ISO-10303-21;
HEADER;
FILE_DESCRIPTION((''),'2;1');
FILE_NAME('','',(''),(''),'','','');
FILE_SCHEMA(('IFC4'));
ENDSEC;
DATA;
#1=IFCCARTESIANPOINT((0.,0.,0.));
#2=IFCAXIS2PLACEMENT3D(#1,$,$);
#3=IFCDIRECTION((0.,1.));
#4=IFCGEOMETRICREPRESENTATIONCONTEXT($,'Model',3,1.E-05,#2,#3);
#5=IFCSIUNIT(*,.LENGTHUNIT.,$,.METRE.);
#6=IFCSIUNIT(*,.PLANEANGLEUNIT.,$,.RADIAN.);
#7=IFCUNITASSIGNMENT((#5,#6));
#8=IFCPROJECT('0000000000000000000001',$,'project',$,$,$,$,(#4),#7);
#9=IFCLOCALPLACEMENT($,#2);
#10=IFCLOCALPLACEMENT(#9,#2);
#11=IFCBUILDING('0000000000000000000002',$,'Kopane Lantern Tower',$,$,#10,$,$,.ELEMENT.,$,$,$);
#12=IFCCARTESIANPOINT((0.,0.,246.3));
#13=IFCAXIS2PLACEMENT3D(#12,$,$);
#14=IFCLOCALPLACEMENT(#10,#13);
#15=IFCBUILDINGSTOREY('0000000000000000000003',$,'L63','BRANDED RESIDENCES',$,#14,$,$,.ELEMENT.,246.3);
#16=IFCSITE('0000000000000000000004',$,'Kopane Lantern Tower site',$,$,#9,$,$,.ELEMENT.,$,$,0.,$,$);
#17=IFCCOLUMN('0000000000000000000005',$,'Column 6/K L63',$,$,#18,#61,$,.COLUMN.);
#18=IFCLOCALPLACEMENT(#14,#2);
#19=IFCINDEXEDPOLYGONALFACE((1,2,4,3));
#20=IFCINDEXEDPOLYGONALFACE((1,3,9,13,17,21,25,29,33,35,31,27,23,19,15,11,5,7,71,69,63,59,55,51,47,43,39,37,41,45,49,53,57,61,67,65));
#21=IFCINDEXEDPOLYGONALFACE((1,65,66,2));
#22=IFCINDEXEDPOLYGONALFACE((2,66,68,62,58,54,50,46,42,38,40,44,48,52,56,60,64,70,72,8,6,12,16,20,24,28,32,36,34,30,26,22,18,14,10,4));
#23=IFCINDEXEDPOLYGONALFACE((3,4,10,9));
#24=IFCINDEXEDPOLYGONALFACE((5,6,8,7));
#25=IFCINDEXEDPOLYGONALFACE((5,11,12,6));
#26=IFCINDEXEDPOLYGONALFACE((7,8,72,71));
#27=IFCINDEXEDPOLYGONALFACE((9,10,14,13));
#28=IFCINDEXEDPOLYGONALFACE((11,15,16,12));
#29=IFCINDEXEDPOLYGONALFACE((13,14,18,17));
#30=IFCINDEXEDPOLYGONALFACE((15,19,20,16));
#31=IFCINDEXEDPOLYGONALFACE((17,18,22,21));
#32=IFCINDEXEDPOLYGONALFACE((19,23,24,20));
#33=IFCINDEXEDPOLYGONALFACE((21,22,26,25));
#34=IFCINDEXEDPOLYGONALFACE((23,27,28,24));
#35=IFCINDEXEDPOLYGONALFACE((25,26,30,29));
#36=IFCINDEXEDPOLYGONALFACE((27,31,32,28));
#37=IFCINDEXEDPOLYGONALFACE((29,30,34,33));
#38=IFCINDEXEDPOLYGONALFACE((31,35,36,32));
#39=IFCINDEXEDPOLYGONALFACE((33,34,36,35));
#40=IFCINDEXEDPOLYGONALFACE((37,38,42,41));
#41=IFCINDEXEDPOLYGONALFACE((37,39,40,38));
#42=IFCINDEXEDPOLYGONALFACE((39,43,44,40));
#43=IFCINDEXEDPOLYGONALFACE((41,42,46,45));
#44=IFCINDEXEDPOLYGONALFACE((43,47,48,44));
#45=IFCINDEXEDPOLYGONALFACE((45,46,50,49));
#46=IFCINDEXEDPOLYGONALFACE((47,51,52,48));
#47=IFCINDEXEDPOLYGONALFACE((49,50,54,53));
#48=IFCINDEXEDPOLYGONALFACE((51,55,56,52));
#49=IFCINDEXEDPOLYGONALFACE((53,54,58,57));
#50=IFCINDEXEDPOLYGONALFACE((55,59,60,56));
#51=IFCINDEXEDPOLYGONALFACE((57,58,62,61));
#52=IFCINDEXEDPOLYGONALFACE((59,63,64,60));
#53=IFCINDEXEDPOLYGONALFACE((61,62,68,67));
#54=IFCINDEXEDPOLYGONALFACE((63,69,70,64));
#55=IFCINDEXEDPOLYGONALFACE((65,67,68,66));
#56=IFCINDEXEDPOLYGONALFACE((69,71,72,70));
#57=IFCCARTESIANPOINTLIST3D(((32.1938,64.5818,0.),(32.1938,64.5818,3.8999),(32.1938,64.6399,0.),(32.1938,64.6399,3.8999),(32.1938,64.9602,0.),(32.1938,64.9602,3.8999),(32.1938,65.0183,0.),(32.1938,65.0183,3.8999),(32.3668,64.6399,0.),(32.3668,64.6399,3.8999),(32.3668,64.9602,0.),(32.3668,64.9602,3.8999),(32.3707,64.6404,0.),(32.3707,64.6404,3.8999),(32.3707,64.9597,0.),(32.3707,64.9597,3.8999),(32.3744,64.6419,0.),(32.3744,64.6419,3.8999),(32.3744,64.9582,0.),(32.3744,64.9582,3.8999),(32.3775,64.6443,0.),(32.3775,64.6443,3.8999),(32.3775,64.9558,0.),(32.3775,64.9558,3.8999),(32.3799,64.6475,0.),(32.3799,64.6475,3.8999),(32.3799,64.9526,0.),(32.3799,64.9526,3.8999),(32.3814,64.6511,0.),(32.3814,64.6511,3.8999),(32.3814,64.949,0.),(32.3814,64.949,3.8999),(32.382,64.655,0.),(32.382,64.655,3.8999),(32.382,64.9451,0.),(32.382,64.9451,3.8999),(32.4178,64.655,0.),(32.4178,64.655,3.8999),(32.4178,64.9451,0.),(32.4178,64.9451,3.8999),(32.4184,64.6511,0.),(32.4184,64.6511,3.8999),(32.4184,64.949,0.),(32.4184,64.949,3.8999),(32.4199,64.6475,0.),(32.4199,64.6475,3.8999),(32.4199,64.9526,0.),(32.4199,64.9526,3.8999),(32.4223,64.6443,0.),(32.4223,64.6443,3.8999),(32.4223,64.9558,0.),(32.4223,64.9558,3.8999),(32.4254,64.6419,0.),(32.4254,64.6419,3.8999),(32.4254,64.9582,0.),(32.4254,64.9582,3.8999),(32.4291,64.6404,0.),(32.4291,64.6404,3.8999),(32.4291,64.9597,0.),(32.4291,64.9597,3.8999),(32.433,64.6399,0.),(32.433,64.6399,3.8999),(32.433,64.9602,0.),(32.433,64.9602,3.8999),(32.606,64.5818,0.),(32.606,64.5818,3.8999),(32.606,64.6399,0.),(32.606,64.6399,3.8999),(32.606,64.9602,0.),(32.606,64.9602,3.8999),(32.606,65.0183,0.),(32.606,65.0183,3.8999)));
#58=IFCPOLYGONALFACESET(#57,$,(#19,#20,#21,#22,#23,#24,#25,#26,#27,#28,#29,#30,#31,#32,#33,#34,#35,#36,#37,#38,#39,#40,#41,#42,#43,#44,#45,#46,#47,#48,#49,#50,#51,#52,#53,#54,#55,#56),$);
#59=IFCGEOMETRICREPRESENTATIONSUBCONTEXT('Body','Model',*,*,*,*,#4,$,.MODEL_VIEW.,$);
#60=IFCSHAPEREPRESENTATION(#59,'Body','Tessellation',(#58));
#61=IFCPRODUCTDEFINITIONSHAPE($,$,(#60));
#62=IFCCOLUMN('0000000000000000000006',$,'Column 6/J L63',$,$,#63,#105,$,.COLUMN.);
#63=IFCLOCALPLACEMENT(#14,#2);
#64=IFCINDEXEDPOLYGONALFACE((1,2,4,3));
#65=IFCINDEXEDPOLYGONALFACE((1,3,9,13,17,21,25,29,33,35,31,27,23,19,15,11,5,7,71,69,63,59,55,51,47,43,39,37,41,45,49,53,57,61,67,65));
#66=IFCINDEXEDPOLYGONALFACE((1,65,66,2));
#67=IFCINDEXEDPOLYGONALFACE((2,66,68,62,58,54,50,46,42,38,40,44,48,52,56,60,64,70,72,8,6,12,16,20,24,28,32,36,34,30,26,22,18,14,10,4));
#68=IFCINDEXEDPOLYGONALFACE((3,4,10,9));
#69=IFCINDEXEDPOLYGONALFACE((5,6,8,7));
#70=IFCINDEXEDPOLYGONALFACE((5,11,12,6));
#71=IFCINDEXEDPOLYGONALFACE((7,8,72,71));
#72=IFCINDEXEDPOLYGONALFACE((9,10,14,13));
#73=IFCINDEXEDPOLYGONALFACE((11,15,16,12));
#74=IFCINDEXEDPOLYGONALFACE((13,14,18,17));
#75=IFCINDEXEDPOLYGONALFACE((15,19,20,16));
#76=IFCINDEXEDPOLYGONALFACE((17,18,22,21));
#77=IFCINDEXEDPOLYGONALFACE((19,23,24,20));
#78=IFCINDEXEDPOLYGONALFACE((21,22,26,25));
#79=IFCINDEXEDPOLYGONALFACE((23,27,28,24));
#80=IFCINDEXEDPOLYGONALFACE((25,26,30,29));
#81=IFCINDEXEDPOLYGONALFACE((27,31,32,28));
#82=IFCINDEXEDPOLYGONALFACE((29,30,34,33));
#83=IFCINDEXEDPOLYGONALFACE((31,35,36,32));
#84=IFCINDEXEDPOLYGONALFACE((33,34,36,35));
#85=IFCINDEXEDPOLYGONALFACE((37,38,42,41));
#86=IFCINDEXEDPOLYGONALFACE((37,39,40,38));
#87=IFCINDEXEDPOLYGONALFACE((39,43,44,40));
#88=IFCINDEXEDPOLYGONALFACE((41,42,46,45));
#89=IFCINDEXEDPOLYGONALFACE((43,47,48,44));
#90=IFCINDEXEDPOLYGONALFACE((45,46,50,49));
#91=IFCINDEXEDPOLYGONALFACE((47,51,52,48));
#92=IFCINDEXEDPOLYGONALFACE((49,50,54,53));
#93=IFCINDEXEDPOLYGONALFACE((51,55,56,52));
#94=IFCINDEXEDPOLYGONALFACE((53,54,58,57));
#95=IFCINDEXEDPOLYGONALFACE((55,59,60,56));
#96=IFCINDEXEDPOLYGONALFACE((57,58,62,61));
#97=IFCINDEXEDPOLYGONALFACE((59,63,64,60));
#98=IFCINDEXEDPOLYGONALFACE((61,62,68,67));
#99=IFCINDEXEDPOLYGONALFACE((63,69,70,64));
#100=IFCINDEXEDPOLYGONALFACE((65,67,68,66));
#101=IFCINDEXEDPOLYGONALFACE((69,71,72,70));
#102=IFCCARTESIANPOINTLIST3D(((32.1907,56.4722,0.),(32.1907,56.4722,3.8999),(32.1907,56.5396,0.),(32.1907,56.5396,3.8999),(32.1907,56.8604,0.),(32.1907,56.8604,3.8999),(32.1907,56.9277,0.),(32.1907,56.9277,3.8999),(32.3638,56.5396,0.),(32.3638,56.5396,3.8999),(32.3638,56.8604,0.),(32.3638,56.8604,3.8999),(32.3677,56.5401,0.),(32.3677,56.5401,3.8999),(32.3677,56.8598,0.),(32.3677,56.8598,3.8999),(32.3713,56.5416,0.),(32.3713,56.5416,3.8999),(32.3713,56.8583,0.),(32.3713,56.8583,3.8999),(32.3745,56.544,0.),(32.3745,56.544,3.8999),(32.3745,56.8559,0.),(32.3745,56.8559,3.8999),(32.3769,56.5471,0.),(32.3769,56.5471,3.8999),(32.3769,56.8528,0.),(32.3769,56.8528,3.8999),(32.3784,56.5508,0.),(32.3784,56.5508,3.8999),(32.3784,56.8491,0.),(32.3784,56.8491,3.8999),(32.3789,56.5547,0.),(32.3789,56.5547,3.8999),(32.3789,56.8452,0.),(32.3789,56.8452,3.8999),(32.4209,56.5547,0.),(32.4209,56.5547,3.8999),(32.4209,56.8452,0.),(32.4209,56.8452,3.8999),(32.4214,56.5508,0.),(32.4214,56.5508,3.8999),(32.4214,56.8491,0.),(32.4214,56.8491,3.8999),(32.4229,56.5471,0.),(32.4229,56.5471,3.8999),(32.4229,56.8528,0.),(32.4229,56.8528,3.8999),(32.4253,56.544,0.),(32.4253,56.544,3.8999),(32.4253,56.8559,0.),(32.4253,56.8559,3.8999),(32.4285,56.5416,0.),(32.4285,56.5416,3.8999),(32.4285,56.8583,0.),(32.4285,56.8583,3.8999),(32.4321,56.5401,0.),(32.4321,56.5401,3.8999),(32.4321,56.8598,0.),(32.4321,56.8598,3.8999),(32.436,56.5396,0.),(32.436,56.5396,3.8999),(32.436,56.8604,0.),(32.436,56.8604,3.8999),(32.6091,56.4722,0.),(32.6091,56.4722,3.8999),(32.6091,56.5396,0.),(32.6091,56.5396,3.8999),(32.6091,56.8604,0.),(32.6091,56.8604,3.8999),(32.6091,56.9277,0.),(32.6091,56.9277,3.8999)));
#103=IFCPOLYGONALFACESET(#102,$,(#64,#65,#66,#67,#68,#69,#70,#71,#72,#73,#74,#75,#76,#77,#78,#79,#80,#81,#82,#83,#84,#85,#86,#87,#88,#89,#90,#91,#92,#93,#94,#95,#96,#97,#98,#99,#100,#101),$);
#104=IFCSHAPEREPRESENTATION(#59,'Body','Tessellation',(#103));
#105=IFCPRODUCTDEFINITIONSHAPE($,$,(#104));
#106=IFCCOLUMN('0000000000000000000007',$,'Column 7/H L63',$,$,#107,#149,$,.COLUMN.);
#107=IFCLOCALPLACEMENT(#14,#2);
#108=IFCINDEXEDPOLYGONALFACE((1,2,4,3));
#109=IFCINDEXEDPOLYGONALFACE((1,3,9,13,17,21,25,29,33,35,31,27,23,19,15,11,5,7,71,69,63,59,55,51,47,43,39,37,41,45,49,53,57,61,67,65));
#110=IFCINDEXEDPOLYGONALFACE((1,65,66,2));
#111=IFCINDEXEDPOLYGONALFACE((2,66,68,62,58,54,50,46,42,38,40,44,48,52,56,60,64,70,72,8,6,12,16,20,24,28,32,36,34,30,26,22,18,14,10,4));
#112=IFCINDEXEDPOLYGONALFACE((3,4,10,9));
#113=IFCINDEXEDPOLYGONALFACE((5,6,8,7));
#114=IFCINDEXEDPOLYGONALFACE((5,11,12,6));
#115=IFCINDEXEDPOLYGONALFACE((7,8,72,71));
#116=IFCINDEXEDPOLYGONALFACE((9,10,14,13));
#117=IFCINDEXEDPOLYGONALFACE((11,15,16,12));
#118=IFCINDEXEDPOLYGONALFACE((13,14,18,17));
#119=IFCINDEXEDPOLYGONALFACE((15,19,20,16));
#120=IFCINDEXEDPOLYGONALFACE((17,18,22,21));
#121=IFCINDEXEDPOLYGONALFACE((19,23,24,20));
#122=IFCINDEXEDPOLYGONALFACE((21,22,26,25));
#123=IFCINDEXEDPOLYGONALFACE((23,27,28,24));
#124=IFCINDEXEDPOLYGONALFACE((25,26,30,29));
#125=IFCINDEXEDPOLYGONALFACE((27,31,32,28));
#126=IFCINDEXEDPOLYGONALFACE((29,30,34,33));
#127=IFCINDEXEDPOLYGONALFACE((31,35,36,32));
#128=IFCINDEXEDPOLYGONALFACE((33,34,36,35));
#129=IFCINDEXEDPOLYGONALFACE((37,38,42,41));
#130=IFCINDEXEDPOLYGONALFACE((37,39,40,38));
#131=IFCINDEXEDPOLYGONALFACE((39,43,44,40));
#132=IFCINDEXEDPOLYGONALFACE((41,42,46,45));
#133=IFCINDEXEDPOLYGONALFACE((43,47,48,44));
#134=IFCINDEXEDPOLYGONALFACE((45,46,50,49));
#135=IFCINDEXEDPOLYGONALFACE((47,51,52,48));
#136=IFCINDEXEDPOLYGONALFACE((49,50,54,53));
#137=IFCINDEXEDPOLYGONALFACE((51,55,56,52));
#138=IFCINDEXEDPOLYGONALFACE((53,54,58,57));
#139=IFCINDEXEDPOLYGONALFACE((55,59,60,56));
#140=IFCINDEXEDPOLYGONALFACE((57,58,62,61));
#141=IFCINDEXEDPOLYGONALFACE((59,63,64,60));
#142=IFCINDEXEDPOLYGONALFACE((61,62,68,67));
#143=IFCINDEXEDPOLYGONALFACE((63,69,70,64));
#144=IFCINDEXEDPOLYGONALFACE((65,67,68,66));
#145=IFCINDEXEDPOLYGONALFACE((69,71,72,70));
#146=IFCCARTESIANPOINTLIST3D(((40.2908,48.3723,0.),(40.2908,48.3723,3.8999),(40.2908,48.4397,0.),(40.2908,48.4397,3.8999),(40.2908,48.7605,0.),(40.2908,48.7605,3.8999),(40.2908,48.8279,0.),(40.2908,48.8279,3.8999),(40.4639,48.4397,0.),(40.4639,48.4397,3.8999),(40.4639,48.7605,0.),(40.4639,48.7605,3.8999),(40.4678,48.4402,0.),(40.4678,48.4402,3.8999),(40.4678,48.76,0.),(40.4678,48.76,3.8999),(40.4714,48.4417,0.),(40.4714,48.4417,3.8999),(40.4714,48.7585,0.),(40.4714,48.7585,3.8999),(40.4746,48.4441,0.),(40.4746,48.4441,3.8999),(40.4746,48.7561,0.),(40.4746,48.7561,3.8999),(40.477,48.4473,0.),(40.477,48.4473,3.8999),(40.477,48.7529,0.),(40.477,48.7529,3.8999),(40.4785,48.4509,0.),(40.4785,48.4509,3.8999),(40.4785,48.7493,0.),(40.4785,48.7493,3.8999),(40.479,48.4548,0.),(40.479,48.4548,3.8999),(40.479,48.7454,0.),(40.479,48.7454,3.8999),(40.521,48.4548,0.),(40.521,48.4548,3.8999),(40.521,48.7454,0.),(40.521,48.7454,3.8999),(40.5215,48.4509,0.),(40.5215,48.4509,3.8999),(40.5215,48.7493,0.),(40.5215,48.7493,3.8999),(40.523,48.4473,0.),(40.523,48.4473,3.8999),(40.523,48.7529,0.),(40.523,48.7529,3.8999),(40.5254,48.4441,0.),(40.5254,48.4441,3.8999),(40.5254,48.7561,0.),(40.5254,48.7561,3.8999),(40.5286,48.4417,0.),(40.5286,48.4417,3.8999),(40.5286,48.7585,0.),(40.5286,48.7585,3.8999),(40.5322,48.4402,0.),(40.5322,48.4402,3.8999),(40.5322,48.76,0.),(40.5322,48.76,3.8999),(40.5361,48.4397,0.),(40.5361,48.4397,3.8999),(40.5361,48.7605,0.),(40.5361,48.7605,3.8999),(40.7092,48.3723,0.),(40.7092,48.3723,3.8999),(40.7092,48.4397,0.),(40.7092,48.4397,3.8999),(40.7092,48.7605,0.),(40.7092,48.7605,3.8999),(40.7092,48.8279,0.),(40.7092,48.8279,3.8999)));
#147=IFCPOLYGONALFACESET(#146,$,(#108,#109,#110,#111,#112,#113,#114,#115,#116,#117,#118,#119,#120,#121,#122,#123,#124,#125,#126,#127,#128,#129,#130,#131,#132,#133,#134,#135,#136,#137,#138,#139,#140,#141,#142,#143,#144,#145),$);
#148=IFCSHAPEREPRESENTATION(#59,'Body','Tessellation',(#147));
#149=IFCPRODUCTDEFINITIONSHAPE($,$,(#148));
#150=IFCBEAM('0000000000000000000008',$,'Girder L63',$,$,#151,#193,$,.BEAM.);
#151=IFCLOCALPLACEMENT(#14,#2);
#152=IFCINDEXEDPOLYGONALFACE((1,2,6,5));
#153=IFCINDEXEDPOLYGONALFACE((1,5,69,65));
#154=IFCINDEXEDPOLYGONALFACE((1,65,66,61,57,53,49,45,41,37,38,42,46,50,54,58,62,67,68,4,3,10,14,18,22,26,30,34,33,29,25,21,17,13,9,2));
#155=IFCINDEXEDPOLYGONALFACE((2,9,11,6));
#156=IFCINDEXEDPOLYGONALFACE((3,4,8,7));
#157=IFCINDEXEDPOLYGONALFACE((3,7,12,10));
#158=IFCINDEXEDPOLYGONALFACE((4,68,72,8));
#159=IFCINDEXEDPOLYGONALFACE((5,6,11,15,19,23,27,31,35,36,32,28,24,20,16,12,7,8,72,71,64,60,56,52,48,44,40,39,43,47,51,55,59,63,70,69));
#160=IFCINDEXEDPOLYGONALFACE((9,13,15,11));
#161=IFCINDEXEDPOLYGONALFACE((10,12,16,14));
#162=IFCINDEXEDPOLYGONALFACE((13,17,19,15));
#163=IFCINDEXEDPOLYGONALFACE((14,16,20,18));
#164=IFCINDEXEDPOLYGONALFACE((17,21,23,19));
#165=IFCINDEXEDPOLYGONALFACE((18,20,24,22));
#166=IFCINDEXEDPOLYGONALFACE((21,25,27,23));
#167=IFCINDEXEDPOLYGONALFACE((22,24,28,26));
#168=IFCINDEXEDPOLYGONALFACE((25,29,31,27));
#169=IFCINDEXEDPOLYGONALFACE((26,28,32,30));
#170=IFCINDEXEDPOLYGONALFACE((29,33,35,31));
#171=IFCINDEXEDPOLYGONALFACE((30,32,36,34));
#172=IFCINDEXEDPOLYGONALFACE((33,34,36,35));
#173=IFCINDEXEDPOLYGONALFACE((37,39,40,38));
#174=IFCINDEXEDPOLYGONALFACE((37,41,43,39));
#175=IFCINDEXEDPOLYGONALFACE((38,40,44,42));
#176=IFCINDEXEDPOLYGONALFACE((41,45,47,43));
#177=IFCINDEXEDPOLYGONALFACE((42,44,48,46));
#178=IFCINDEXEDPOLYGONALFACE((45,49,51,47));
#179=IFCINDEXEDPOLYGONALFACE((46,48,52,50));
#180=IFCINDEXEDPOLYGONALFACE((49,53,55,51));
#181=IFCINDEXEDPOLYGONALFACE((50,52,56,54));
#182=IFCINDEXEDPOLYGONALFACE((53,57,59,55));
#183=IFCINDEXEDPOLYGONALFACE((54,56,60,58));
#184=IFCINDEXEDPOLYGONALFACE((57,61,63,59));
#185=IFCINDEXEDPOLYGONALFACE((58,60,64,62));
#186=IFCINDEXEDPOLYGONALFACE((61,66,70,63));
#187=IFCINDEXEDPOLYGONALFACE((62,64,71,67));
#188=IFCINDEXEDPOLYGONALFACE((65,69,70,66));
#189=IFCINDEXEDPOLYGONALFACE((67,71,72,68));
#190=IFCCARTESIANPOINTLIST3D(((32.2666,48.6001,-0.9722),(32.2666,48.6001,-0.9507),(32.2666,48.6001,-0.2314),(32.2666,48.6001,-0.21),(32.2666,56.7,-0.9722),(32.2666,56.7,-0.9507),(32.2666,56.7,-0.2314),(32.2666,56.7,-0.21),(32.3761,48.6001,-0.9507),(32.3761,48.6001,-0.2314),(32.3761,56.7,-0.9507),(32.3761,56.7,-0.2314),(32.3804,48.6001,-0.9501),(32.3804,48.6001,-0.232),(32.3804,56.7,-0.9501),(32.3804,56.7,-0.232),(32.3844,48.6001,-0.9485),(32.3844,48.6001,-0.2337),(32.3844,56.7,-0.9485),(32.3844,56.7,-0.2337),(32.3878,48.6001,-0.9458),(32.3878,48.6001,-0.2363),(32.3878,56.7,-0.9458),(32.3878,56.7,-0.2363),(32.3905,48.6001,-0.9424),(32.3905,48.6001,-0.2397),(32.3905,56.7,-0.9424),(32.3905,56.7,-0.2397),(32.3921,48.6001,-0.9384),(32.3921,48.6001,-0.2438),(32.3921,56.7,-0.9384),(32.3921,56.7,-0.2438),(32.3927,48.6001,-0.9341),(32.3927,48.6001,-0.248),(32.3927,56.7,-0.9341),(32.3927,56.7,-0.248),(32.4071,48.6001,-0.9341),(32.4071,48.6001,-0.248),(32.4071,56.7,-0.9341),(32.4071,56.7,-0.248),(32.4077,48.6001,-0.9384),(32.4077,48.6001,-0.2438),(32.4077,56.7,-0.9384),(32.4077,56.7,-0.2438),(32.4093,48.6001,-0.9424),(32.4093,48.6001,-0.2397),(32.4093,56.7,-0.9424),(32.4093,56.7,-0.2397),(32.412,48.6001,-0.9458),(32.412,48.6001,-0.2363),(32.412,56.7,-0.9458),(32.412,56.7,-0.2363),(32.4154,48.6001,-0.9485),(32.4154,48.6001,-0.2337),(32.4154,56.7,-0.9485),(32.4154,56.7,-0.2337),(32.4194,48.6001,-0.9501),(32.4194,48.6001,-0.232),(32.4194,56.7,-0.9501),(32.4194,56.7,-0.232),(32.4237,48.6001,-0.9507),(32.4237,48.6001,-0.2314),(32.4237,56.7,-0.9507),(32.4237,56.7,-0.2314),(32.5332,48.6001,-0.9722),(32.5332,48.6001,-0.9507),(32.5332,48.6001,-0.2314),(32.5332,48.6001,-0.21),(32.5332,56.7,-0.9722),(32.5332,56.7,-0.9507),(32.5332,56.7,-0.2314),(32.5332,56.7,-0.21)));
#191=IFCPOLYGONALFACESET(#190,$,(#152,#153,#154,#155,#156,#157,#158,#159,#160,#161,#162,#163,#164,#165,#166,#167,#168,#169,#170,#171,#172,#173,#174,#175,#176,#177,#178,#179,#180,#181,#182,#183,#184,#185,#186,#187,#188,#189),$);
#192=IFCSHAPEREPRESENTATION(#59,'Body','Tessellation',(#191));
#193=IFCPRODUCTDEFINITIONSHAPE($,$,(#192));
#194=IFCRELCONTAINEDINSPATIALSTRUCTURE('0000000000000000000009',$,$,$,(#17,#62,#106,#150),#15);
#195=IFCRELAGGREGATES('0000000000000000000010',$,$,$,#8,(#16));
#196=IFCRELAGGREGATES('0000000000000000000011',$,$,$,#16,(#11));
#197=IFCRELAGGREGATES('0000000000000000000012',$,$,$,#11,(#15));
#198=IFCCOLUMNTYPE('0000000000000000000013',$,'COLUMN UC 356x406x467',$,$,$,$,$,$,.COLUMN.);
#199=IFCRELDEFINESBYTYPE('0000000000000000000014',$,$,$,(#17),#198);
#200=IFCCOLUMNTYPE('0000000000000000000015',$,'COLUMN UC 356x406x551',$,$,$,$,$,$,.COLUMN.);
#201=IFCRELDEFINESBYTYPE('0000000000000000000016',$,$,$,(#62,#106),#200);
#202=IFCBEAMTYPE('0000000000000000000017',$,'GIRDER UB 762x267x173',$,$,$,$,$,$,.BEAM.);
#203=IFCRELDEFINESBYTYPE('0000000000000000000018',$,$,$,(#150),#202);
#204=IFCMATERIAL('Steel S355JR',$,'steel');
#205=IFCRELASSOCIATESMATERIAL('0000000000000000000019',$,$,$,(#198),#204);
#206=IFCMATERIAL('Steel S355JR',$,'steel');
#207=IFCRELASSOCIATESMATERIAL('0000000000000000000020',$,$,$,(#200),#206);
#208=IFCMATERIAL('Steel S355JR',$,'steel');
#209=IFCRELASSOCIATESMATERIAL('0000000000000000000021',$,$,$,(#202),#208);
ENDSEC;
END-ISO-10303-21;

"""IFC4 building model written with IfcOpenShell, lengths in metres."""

from ifc_helpers import new_model, si_unit, direction, frame, origin, origin_2d, place, context, subcontext, project, spatial, i_section, extrude, material, material_profile, profile_set, type_object, element, save


model = new_model("IFC4")

# Units and contexts
model_context = context("Model", 3, precision=1e-05, world=origin(), true_north=direction((0.0, 1.0)))
body_context = subcontext(model_context, "Body", "Model", "MODEL_VIEW")
ifc_project = project(units=[si_unit("LENGTHUNIT", "METRE"), si_unit("PLANEANGLEUNIT", "RADIAN")], contexts=[model_context])

# Site, building, storey
site_placement = place(None, origin())
site = spatial("IfcSite", under=ifc_project, at=site_placement, Name="Kopane Lantern Tower site", CompositionType="ELEMENT", RefElevation=0.0)
building_placement = place(site_placement, origin())
building = spatial("IfcBuilding", under=site, at=building_placement, Name="Kopane Lantern Tower", CompositionType="ELEMENT")
storey_placement = place(building_placement, frame((0.0, 0.0, 246.3)))
storey = spatial("IfcBuildingStorey", under=building, at=storey_placement, Name="L63", Description="BRANDED RESIDENCES", CompositionType="ELEMENT", Elevation=246.3)

# Columns
ifc_material_1 = material(Name="Steel S355JR", Category="steel")
ifc_material_profile_1 = material_profile(ifc_material_1, i_section(OverallWidth=0.4121, OverallDepth=0.4365, WebThickness=0.0359, FlangeThickness=0.0581, FilletRadius=0.0151, at=origin_2d()), Name="UC 356x406x467")
ifc_profile_set_1 = profile_set([ifc_material_profile_1], Name="Steel S355JR")
column_type_1 = type_object("IfcColumnType", Name="COLUMN UC 356x406x467", PredefinedType="COLUMN", material=ifc_profile_set_1)
column_placement = place(storey_placement, frame((32.3999, 64.8, 0.0), z_axis=(0.0, 0.0, 1.0), x_axis=(1.0, 0.0, 0.0)))
element("IfcColumn", 1, at=column_placement, inside=storey, type_object=column_type_1, Name="Column 6/K L63", PredefinedType="COLUMN", context=body_context, shape_type="SweptSolid", body=[
    extrude(i_section(OverallWidth=0.4121, OverallDepth=0.4365, WebThickness=0.0359, FlangeThickness=0.0581, FilletRadius=0.0151, at=origin_2d()), origin(), (0.0, 0.0, 1.0), 3.8999),
])
ifc_material_2 = material(Name="Steel S355JR", Category="steel")
ifc_material_profile_2 = material_profile(ifc_material_2, i_section(OverallWidth=0.4185, OverallDepth=0.4556, WebThickness=0.042, FlangeThickness=0.0674, FilletRadius=0.0151, at=origin_2d()), Name="UC 356x406x551")
ifc_profile_set_2 = profile_set([ifc_material_profile_2], Name="Steel S355JR")
column_type_2 = type_object("IfcColumnType", Name="COLUMN UC 356x406x551", PredefinedType="COLUMN", material=ifc_profile_set_2)
for number, where, z_axis, x_axis, name in (
    (2, (32.3999, 56.7, 0.0), (0.0, 0.0, 1.0), (1.0, 0.0, 0.0), "Column 6/J L63"),
    (3, (40.5, 48.6001, 0.0), (0.0, 0.0, 1.0), (1.0, 0.0, 0.0), "Column 7/H L63"),
):
    element("IfcColumn", number, at=place(storey_placement, frame(where, z_axis=z_axis, x_axis=x_axis)), inside=storey, type_object=column_type_2, Name=name, PredefinedType="COLUMN", context=body_context, shape_type="SweptSolid", body=[
        extrude(i_section(OverallWidth=0.4185, OverallDepth=0.4556, WebThickness=0.042, FlangeThickness=0.0674, FilletRadius=0.0151, at=origin_2d()), origin(), (0.0, 0.0, 1.0), 3.8999),
    ])

# Beam
ifc_material_3 = material(Name="Steel S355JR", Category="steel")
ifc_material_profile_3 = material_profile(ifc_material_3, i_section(OverallWidth=0.2666, OverallDepth=0.7622, WebThickness=0.0144, FlangeThickness=0.0215, FilletRadius=0.0166, at=origin_2d()), Name="UB 762x267x173")
ifc_profile_set_3 = profile_set([ifc_material_profile_3], Name="Steel S355JR")
beam_type = type_object("IfcBeamType", Name="GIRDER UB 762x267x173", PredefinedType="BEAM", material=ifc_profile_set_3)
beam_1_placement = place(storey_placement, frame((32.3999, 48.6001, -0.5911), z_axis=(0.0, 1.0, 0.0), x_axis=(-1.0, 0.0, 0.0)))
element("IfcBeam", 4, at=beam_1_placement, inside=storey, type_object=beam_type, Name="Girder L63", PredefinedType="BEAM", context=body_context, shape_type="SweptSolid", body=[
    extrude(i_section(OverallWidth=0.2666, OverallDepth=0.7622, WebThickness=0.0144, FlangeThickness=0.0215, FilletRadius=0.0166, at=origin_2d()), origin(), (0.0, 0.0, 1.0), 8.0999),
])

save(model, "model.ifc")
